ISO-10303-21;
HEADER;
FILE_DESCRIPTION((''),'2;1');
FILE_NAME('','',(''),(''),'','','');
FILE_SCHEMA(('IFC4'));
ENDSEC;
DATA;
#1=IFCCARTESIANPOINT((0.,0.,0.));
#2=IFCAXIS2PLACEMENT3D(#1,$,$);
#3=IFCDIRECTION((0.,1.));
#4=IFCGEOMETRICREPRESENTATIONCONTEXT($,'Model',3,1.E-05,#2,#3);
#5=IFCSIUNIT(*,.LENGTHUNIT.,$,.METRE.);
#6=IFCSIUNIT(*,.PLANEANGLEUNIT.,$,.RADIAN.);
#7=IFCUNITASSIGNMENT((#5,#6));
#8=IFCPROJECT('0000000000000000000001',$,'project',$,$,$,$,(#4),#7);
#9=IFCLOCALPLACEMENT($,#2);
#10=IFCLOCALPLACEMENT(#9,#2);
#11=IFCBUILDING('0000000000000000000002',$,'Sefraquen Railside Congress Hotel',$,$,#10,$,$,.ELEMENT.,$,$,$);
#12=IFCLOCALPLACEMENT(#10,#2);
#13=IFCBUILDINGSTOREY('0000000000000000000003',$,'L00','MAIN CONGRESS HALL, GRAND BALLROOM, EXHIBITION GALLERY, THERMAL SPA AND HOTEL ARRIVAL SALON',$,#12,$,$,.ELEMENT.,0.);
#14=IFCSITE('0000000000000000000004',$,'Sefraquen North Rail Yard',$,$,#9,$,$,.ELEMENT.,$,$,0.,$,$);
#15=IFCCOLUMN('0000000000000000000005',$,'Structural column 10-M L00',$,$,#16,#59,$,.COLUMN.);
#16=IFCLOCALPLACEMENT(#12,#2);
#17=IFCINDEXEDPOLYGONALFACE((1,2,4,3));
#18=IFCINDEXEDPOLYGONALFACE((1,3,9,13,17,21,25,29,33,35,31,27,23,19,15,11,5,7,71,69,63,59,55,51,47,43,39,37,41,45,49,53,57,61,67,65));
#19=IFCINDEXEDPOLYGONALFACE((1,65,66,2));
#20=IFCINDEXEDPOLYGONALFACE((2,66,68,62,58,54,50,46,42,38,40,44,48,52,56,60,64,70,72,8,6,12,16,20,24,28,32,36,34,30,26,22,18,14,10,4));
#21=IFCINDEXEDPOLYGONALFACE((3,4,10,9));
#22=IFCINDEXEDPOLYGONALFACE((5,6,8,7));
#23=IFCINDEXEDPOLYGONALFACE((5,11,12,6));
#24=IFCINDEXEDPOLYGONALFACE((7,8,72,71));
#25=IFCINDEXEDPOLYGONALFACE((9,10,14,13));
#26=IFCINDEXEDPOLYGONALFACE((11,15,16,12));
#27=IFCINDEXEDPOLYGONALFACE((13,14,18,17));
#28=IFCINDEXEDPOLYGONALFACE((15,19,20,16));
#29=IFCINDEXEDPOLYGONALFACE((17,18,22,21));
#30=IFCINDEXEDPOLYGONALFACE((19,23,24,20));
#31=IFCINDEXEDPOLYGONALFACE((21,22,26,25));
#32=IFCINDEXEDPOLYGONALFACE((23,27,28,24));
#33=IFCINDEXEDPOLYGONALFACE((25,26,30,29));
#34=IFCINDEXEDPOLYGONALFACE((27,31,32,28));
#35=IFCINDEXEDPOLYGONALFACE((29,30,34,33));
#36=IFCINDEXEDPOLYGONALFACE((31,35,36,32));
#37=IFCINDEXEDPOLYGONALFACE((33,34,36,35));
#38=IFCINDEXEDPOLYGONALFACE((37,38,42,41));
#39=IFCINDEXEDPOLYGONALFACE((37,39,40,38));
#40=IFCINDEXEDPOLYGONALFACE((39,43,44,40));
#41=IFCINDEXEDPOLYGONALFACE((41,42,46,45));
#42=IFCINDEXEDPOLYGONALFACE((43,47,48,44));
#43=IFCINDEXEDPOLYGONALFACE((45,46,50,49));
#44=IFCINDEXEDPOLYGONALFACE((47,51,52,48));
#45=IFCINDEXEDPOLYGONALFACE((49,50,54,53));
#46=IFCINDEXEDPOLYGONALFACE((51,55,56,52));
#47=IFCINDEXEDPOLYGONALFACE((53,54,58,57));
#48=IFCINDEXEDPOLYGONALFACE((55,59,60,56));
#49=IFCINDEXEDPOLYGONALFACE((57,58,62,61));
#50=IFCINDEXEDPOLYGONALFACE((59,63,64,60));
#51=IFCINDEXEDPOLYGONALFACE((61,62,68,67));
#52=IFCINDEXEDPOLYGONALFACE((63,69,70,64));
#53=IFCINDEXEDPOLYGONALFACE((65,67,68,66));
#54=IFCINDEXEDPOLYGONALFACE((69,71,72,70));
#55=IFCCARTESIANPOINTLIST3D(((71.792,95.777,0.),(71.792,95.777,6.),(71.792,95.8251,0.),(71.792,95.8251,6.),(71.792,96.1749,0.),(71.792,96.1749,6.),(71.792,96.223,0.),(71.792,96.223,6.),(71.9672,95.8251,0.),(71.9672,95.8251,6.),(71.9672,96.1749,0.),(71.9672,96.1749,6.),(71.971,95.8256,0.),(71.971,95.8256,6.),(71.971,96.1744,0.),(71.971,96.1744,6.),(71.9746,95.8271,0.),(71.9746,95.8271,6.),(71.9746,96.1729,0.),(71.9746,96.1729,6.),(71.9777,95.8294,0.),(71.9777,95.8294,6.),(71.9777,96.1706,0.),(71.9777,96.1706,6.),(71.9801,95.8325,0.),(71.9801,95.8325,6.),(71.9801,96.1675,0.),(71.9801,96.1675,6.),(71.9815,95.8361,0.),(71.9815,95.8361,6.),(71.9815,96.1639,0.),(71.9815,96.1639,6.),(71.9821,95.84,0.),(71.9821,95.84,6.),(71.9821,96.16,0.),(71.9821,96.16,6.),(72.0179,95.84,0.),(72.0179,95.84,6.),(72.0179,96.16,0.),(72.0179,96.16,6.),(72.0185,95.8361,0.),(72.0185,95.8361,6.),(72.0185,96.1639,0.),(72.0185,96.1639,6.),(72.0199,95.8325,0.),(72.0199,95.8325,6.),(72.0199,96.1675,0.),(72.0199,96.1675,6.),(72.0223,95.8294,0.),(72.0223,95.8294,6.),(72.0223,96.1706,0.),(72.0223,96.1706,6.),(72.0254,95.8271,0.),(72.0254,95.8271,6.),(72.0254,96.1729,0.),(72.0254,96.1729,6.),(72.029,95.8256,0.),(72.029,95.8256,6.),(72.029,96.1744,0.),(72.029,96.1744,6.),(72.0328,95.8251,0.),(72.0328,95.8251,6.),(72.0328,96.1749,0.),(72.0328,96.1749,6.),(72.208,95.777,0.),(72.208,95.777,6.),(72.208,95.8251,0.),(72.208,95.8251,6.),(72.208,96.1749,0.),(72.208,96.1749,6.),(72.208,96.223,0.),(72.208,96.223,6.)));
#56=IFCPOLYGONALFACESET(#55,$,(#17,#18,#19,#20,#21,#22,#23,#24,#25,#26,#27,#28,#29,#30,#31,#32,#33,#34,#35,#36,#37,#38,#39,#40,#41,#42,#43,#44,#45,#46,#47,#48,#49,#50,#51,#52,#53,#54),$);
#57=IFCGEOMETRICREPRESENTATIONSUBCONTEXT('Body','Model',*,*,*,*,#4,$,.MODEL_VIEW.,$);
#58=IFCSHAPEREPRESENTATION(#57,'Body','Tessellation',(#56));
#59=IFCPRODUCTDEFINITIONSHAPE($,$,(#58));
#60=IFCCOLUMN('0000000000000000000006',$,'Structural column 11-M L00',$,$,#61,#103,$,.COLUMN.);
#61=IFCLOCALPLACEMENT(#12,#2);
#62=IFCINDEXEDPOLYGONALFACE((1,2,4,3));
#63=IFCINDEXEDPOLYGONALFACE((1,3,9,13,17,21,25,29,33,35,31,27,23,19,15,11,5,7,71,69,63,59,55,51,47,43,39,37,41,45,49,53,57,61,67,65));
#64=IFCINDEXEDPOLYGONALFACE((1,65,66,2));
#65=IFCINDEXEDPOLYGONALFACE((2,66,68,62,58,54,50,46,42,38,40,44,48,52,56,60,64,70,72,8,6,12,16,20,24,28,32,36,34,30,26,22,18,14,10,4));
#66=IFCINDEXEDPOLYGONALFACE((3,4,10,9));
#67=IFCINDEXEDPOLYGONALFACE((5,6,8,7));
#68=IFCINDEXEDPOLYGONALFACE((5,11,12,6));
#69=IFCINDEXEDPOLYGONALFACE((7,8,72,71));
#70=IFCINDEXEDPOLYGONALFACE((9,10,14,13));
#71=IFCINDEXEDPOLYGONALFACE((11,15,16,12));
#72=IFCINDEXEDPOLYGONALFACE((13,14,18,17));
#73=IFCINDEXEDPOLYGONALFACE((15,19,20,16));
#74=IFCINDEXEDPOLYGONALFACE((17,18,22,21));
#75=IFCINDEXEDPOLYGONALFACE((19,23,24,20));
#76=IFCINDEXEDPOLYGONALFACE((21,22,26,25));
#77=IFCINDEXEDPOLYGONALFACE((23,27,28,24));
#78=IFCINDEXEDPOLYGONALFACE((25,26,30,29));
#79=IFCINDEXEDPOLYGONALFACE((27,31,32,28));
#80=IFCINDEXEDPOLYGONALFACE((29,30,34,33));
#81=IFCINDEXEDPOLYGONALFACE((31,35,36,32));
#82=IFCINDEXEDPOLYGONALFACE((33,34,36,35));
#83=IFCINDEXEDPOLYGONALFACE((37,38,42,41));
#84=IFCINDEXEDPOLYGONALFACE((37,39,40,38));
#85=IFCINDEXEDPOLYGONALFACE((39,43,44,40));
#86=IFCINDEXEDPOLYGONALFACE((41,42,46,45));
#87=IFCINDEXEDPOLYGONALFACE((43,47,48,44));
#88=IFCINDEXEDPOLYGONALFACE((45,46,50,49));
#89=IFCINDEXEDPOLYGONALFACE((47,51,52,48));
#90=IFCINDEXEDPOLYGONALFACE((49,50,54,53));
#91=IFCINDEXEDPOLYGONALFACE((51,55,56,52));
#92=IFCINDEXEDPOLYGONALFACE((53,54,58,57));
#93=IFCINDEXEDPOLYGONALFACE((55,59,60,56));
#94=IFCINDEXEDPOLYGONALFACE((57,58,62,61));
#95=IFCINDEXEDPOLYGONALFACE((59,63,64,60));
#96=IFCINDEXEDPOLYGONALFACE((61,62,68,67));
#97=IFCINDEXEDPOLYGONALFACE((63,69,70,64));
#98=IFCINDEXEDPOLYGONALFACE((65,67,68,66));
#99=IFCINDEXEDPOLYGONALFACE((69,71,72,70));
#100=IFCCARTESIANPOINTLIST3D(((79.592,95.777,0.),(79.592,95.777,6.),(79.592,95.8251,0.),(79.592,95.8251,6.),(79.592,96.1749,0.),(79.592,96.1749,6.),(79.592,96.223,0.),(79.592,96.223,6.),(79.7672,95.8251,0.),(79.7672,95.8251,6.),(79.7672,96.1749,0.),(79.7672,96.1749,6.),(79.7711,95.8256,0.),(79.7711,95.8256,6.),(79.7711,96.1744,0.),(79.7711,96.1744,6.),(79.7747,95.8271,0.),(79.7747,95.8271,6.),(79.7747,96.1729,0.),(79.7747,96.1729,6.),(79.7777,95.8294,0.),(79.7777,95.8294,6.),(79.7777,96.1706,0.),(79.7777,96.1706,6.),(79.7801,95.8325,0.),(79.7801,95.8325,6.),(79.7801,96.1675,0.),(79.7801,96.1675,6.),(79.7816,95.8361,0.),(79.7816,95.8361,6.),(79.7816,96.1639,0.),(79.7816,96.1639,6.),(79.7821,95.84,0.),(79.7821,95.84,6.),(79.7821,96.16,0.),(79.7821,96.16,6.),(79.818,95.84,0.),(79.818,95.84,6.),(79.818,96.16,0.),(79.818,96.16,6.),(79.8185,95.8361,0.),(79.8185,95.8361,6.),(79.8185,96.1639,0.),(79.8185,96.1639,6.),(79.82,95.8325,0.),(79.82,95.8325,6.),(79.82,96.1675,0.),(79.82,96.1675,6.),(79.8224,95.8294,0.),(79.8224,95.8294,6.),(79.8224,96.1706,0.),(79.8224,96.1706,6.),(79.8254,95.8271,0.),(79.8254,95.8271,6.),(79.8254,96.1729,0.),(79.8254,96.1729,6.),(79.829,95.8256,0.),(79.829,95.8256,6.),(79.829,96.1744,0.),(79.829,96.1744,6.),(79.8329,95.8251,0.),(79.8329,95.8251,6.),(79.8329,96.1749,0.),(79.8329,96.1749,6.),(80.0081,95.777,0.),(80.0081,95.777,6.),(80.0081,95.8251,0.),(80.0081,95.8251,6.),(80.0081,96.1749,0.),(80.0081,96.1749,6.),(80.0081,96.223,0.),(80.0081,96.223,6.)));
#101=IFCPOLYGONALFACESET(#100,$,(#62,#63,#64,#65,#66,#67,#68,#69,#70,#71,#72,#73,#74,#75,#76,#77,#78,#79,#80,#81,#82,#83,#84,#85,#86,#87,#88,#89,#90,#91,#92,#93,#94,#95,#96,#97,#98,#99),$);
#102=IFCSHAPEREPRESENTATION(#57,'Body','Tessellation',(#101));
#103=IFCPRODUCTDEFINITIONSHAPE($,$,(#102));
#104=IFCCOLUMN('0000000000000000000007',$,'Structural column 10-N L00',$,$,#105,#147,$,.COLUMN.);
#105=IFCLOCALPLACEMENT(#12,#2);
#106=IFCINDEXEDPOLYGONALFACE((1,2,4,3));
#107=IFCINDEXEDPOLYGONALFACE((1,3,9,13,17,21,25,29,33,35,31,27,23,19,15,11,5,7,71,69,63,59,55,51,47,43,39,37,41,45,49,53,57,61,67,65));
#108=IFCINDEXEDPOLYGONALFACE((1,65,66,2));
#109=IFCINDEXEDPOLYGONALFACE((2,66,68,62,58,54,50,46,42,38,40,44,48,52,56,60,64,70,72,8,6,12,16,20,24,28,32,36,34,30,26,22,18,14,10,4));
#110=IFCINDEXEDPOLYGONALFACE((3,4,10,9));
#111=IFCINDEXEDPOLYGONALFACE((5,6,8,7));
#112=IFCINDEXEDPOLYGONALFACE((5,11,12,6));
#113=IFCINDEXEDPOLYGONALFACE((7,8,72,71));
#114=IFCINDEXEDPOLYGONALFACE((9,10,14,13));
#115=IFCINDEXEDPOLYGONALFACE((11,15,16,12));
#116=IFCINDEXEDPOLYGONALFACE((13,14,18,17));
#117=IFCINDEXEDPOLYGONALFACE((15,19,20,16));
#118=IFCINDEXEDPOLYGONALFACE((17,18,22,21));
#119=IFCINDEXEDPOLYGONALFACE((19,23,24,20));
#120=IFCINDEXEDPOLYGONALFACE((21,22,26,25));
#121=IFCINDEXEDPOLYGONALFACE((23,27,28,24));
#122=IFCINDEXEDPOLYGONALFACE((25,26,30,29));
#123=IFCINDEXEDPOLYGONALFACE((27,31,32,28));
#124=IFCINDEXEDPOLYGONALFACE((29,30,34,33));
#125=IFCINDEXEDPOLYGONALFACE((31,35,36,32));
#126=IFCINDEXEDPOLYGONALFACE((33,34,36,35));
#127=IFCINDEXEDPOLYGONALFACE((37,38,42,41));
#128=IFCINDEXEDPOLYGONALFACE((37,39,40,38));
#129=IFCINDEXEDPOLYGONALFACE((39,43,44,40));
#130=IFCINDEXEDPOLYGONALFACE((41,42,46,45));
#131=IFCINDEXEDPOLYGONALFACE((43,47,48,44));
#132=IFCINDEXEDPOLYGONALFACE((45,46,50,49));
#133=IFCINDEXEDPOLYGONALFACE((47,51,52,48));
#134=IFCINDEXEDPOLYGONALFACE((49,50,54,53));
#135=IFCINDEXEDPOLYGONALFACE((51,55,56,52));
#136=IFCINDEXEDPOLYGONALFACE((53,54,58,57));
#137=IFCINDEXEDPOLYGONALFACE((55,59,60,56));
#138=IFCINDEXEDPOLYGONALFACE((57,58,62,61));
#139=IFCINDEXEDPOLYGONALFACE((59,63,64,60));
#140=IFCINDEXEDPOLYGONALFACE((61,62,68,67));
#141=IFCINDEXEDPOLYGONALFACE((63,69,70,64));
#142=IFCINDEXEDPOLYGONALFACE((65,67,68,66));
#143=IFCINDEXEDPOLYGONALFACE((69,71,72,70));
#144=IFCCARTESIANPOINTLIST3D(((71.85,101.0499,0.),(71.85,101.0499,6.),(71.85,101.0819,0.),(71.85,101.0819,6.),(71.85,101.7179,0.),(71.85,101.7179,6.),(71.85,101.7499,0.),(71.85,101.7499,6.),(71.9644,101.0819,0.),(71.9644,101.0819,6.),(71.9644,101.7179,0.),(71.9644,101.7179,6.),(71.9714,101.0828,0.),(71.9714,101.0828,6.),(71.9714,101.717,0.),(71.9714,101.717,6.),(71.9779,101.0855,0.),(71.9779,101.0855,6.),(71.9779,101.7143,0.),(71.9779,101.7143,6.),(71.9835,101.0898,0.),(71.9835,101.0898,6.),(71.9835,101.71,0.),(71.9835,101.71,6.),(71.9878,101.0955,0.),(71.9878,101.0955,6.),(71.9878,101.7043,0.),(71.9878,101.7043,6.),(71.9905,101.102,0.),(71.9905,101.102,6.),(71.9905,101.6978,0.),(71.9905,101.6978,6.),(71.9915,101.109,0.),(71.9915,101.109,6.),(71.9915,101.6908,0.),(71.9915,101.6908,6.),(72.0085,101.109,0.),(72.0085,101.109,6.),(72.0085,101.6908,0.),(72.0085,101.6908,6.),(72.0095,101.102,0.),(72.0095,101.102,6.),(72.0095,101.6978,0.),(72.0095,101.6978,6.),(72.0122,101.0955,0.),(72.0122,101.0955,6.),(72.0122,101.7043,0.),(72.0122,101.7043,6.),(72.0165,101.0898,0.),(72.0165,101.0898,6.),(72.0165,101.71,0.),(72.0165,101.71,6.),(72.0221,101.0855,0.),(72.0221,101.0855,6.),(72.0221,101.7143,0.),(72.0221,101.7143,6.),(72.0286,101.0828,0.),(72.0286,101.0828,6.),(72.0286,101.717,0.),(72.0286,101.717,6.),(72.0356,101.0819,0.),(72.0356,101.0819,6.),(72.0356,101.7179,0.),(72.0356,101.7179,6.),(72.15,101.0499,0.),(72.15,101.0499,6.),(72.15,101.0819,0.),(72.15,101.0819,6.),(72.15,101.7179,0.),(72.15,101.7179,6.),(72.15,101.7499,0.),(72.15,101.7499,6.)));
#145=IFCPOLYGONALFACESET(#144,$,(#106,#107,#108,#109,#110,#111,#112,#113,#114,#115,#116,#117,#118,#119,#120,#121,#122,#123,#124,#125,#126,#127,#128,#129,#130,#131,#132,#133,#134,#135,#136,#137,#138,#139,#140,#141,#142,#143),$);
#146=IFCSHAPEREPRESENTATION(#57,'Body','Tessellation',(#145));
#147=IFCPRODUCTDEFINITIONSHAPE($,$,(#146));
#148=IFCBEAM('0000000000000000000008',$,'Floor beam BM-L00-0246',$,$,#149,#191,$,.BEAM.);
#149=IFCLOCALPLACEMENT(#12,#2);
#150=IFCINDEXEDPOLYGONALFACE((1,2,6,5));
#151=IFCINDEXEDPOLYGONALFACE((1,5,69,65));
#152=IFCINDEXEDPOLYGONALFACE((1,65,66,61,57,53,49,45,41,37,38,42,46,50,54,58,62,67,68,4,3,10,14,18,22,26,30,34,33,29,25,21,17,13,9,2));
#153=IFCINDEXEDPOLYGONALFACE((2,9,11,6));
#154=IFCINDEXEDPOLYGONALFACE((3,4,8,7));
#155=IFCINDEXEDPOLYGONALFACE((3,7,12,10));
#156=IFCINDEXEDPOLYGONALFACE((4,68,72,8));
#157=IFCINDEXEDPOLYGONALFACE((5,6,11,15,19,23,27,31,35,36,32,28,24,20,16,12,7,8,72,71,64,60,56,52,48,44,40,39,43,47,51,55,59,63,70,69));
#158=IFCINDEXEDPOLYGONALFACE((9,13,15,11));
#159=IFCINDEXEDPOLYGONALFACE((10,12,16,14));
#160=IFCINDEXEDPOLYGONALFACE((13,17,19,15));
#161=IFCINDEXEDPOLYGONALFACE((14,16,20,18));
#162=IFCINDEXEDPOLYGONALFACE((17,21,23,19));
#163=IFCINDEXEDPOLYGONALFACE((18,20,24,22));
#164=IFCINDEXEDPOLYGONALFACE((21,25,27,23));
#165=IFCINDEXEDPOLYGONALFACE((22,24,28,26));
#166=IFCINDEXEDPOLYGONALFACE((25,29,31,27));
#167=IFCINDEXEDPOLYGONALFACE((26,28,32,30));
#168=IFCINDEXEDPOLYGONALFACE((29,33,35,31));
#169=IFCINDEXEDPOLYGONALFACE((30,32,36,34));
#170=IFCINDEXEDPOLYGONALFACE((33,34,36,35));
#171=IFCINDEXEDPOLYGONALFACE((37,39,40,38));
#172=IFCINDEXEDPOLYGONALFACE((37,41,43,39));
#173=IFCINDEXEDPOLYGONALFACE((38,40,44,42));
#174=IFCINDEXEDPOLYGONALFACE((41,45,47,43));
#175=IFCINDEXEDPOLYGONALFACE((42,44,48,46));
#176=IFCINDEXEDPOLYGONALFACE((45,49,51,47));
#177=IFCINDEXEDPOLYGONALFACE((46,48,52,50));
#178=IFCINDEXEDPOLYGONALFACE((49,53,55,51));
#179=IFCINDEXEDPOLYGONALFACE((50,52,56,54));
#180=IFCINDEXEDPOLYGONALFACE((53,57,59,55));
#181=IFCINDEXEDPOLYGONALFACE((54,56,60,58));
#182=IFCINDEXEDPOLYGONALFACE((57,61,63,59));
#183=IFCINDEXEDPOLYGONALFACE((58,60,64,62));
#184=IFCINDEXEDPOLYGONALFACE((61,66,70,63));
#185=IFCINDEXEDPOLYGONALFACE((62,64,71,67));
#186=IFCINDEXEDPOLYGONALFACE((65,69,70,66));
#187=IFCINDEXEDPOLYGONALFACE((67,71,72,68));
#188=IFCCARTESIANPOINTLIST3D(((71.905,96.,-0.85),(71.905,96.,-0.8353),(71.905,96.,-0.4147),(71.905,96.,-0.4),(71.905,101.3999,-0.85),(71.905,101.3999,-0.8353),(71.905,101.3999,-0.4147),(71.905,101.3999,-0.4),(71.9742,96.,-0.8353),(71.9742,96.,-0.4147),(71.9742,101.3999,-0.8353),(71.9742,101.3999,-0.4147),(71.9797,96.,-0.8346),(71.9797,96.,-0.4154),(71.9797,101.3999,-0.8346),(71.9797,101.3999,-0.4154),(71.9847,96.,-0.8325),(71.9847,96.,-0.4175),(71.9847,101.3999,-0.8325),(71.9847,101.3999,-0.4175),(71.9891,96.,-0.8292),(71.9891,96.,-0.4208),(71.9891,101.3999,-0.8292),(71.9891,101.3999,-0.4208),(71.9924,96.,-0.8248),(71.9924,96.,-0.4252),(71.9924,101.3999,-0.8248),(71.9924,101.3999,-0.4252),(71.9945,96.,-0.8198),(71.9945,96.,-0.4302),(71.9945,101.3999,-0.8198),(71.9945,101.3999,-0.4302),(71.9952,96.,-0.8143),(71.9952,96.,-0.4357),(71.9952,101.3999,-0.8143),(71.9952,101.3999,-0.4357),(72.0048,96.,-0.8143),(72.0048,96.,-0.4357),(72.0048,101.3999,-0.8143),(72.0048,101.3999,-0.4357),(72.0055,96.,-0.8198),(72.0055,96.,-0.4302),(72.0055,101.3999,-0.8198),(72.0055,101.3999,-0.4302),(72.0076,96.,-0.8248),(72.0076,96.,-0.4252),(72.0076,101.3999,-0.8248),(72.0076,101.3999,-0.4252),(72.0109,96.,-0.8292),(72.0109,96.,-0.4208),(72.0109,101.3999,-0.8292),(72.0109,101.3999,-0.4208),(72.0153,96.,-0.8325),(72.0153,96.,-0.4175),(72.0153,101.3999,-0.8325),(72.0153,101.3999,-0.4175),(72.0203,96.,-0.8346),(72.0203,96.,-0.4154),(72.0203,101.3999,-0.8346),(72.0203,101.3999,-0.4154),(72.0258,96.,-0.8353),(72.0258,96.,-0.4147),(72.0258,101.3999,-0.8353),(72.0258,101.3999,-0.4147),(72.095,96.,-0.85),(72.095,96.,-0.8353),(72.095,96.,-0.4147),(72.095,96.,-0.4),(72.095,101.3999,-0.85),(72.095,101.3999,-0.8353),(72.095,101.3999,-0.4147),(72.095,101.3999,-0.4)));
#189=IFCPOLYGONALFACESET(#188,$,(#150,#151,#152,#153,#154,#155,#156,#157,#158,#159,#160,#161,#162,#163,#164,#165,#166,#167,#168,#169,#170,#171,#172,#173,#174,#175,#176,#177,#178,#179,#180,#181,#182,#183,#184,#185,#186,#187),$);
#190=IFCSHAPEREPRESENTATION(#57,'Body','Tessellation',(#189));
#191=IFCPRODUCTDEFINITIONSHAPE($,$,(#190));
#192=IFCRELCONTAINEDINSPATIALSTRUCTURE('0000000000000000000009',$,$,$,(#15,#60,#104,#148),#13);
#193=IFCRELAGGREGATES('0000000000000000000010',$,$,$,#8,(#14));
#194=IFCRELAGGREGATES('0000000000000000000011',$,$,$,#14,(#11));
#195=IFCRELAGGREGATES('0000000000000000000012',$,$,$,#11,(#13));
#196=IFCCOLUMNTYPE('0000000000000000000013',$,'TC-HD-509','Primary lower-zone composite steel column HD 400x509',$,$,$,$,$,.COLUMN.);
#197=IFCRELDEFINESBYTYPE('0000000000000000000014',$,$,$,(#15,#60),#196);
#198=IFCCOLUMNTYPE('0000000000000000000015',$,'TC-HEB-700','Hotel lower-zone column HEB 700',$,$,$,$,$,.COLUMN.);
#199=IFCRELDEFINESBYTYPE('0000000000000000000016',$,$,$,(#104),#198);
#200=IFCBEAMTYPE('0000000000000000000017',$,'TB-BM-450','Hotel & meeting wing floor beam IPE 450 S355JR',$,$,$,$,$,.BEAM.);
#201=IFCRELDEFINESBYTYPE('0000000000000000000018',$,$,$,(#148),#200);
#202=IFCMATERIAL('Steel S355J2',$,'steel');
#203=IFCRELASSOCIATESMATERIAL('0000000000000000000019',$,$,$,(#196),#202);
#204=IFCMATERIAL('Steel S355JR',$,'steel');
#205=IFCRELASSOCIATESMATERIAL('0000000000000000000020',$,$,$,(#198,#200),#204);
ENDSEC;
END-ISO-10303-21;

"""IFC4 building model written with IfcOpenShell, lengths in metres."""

from ifc_helpers import new_model, si_unit, direction, frame, origin, origin_2d, place, context, subcontext, project, spatial, i_section, extrude, material, material_profile, profile_set, type_object, element, save


model = new_model("IFC4")

# Units and contexts
model_context = context("Model", 3, precision=1e-05, world=origin(), true_north=direction((0.0, 1.0)))
body_context = subcontext(model_context, "Body", "Model", "MODEL_VIEW")
ifc_project = project(units=[si_unit("LENGTHUNIT", "METRE"), si_unit("PLANEANGLEUNIT", "RADIAN")], contexts=[model_context])

# Site, building, storey
site_placement = place(None, origin())
site = spatial("IfcSite", under=ifc_project, at=site_placement, Name="Sefraquen North Rail Yard", CompositionType="ELEMENT", RefElevation=0.0)
building_placement = place(site_placement, origin())
building = spatial("IfcBuilding", under=site, at=building_placement, Name="Sefraquen Railside Congress Hotel", CompositionType="ELEMENT")
storey_placement = place(building_placement, origin())
storey = spatial("IfcBuildingStorey", under=building, at=storey_placement, Name="L00", Description="MAIN CONGRESS HALL, GRAND BALLROOM, EXHIBITION GALLERY, THERMAL SPA AND HOTEL ARRIVAL SALON", CompositionType="ELEMENT", Elevation=0.0)

# Columns
ifc_material_1 = material(Name="Steel S355J2", Category="steel")
ifc_material_profile_1 = material_profile(ifc_material_1, i_section(OverallWidth=0.416, OverallDepth=0.446, WebThickness=0.0359, FlangeThickness=0.0481, FilletRadius=0.0149, at=origin_2d()), Name="HD 400x509")
ifc_profile_set_1 = profile_set([ifc_material_profile_1], Name="Steel S355J2")
column_type_1 = type_object("IfcColumnType", Name="TC-HD-509", Description="Primary lower-zone composite steel column HD 400x509", PredefinedType="COLUMN", material=ifc_profile_set_1)
for number, where, z_axis, x_axis, name in (
    (1, (72.0, 96.0, 0.0), (0.0, 0.0, 1.0), (1.0, 0.0, 0.0), "Structural column 10-M L00"),
    (2, (79.8, 96.0, 0.0), (0.0, 0.0, 1.0), (1.0, 0.0, 0.0), "Structural column 11-M L00"),
):
    element("IfcColumn", number, at=place(storey_placement, frame(where, z_axis=z_axis, x_axis=x_axis)), inside=storey, type_object=column_type_1, Name=name, PredefinedType="COLUMN", context=body_context, shape_type="SweptSolid", body=[
        extrude(i_section(OverallWidth=0.416, OverallDepth=0.446, WebThickness=0.0359, FlangeThickness=0.0481, FilletRadius=0.0149, at=origin_2d()), origin(), (0.0, 0.0, 1.0), 6.0),
    ])
ifc_material_2 = material(Name="Steel S355JR", Category="steel")
ifc_material_profile_2 = material_profile(ifc_material_2, i_section(OverallWidth=0.3, OverallDepth=0.7, WebThickness=0.0171, FlangeThickness=0.032, FilletRadius=0.0271, at=origin_2d()), Name="HEB 700")
ifc_profile_set_2 = profile_set([ifc_material_profile_2], Name="Steel S355JR")
column_type_2 = type_object("IfcColumnType", Name="TC-HEB-700", Description="Hotel lower-zone column HEB 700", PredefinedType="COLUMN", material=ifc_profile_set_2)
column_placement = place(storey_placement, frame((72.0, 101.3999, 0.0), z_axis=(0.0, 0.0, 1.0), x_axis=(1.0, 0.0, 0.0)))
element("IfcColumn", 3, at=column_placement, inside=storey, type_object=column_type_2, Name="Structural column 10-N L00", PredefinedType="COLUMN", context=body_context, shape_type="SweptSolid", body=[
    extrude(i_section(OverallWidth=0.3, OverallDepth=0.7, WebThickness=0.0171, FlangeThickness=0.032, FilletRadius=0.0271, at=origin_2d()), origin(), (0.0, 0.0, 1.0), 6.0),
])

# Beam
ifc_material_profile_3 = material_profile(ifc_material_2, i_section(OverallWidth=0.1899, OverallDepth=0.45, WebThickness=0.0095, FlangeThickness=0.0146, FilletRadius=0.021, at=origin_2d()), Name="IPE 450")
ifc_profile_set_3 = profile_set([ifc_material_profile_3], Name="Steel S355JR")
beam_type_1 = type_object("IfcBeamType", Name="TB-BM-450", Description="Hotel & meeting wing floor beam IPE 450 S355JR", PredefinedType="BEAM", material=ifc_profile_set_3)
beam_1_placement = place(storey_placement, frame((72.0, 96.0, -0.625), z_axis=(0.0, 1.0, 0.0), x_axis=(-1.0, 0.0, 0.0)))
element("IfcBeam", 4, at=beam_1_placement, inside=storey, type_object=beam_type_1, Name="Floor beam BM-L00-0246", PredefinedType="BEAM", context=body_context, shape_type="SweptSolid", body=[
    extrude(i_section(OverallWidth=0.1899, OverallDepth=0.45, WebThickness=0.0095, FlangeThickness=0.0146, FilletRadius=0.021, at=origin_2d()), origin(), (0.0, 0.0, 1.0), 5.3999),
])

save(model, "model.ifc")
